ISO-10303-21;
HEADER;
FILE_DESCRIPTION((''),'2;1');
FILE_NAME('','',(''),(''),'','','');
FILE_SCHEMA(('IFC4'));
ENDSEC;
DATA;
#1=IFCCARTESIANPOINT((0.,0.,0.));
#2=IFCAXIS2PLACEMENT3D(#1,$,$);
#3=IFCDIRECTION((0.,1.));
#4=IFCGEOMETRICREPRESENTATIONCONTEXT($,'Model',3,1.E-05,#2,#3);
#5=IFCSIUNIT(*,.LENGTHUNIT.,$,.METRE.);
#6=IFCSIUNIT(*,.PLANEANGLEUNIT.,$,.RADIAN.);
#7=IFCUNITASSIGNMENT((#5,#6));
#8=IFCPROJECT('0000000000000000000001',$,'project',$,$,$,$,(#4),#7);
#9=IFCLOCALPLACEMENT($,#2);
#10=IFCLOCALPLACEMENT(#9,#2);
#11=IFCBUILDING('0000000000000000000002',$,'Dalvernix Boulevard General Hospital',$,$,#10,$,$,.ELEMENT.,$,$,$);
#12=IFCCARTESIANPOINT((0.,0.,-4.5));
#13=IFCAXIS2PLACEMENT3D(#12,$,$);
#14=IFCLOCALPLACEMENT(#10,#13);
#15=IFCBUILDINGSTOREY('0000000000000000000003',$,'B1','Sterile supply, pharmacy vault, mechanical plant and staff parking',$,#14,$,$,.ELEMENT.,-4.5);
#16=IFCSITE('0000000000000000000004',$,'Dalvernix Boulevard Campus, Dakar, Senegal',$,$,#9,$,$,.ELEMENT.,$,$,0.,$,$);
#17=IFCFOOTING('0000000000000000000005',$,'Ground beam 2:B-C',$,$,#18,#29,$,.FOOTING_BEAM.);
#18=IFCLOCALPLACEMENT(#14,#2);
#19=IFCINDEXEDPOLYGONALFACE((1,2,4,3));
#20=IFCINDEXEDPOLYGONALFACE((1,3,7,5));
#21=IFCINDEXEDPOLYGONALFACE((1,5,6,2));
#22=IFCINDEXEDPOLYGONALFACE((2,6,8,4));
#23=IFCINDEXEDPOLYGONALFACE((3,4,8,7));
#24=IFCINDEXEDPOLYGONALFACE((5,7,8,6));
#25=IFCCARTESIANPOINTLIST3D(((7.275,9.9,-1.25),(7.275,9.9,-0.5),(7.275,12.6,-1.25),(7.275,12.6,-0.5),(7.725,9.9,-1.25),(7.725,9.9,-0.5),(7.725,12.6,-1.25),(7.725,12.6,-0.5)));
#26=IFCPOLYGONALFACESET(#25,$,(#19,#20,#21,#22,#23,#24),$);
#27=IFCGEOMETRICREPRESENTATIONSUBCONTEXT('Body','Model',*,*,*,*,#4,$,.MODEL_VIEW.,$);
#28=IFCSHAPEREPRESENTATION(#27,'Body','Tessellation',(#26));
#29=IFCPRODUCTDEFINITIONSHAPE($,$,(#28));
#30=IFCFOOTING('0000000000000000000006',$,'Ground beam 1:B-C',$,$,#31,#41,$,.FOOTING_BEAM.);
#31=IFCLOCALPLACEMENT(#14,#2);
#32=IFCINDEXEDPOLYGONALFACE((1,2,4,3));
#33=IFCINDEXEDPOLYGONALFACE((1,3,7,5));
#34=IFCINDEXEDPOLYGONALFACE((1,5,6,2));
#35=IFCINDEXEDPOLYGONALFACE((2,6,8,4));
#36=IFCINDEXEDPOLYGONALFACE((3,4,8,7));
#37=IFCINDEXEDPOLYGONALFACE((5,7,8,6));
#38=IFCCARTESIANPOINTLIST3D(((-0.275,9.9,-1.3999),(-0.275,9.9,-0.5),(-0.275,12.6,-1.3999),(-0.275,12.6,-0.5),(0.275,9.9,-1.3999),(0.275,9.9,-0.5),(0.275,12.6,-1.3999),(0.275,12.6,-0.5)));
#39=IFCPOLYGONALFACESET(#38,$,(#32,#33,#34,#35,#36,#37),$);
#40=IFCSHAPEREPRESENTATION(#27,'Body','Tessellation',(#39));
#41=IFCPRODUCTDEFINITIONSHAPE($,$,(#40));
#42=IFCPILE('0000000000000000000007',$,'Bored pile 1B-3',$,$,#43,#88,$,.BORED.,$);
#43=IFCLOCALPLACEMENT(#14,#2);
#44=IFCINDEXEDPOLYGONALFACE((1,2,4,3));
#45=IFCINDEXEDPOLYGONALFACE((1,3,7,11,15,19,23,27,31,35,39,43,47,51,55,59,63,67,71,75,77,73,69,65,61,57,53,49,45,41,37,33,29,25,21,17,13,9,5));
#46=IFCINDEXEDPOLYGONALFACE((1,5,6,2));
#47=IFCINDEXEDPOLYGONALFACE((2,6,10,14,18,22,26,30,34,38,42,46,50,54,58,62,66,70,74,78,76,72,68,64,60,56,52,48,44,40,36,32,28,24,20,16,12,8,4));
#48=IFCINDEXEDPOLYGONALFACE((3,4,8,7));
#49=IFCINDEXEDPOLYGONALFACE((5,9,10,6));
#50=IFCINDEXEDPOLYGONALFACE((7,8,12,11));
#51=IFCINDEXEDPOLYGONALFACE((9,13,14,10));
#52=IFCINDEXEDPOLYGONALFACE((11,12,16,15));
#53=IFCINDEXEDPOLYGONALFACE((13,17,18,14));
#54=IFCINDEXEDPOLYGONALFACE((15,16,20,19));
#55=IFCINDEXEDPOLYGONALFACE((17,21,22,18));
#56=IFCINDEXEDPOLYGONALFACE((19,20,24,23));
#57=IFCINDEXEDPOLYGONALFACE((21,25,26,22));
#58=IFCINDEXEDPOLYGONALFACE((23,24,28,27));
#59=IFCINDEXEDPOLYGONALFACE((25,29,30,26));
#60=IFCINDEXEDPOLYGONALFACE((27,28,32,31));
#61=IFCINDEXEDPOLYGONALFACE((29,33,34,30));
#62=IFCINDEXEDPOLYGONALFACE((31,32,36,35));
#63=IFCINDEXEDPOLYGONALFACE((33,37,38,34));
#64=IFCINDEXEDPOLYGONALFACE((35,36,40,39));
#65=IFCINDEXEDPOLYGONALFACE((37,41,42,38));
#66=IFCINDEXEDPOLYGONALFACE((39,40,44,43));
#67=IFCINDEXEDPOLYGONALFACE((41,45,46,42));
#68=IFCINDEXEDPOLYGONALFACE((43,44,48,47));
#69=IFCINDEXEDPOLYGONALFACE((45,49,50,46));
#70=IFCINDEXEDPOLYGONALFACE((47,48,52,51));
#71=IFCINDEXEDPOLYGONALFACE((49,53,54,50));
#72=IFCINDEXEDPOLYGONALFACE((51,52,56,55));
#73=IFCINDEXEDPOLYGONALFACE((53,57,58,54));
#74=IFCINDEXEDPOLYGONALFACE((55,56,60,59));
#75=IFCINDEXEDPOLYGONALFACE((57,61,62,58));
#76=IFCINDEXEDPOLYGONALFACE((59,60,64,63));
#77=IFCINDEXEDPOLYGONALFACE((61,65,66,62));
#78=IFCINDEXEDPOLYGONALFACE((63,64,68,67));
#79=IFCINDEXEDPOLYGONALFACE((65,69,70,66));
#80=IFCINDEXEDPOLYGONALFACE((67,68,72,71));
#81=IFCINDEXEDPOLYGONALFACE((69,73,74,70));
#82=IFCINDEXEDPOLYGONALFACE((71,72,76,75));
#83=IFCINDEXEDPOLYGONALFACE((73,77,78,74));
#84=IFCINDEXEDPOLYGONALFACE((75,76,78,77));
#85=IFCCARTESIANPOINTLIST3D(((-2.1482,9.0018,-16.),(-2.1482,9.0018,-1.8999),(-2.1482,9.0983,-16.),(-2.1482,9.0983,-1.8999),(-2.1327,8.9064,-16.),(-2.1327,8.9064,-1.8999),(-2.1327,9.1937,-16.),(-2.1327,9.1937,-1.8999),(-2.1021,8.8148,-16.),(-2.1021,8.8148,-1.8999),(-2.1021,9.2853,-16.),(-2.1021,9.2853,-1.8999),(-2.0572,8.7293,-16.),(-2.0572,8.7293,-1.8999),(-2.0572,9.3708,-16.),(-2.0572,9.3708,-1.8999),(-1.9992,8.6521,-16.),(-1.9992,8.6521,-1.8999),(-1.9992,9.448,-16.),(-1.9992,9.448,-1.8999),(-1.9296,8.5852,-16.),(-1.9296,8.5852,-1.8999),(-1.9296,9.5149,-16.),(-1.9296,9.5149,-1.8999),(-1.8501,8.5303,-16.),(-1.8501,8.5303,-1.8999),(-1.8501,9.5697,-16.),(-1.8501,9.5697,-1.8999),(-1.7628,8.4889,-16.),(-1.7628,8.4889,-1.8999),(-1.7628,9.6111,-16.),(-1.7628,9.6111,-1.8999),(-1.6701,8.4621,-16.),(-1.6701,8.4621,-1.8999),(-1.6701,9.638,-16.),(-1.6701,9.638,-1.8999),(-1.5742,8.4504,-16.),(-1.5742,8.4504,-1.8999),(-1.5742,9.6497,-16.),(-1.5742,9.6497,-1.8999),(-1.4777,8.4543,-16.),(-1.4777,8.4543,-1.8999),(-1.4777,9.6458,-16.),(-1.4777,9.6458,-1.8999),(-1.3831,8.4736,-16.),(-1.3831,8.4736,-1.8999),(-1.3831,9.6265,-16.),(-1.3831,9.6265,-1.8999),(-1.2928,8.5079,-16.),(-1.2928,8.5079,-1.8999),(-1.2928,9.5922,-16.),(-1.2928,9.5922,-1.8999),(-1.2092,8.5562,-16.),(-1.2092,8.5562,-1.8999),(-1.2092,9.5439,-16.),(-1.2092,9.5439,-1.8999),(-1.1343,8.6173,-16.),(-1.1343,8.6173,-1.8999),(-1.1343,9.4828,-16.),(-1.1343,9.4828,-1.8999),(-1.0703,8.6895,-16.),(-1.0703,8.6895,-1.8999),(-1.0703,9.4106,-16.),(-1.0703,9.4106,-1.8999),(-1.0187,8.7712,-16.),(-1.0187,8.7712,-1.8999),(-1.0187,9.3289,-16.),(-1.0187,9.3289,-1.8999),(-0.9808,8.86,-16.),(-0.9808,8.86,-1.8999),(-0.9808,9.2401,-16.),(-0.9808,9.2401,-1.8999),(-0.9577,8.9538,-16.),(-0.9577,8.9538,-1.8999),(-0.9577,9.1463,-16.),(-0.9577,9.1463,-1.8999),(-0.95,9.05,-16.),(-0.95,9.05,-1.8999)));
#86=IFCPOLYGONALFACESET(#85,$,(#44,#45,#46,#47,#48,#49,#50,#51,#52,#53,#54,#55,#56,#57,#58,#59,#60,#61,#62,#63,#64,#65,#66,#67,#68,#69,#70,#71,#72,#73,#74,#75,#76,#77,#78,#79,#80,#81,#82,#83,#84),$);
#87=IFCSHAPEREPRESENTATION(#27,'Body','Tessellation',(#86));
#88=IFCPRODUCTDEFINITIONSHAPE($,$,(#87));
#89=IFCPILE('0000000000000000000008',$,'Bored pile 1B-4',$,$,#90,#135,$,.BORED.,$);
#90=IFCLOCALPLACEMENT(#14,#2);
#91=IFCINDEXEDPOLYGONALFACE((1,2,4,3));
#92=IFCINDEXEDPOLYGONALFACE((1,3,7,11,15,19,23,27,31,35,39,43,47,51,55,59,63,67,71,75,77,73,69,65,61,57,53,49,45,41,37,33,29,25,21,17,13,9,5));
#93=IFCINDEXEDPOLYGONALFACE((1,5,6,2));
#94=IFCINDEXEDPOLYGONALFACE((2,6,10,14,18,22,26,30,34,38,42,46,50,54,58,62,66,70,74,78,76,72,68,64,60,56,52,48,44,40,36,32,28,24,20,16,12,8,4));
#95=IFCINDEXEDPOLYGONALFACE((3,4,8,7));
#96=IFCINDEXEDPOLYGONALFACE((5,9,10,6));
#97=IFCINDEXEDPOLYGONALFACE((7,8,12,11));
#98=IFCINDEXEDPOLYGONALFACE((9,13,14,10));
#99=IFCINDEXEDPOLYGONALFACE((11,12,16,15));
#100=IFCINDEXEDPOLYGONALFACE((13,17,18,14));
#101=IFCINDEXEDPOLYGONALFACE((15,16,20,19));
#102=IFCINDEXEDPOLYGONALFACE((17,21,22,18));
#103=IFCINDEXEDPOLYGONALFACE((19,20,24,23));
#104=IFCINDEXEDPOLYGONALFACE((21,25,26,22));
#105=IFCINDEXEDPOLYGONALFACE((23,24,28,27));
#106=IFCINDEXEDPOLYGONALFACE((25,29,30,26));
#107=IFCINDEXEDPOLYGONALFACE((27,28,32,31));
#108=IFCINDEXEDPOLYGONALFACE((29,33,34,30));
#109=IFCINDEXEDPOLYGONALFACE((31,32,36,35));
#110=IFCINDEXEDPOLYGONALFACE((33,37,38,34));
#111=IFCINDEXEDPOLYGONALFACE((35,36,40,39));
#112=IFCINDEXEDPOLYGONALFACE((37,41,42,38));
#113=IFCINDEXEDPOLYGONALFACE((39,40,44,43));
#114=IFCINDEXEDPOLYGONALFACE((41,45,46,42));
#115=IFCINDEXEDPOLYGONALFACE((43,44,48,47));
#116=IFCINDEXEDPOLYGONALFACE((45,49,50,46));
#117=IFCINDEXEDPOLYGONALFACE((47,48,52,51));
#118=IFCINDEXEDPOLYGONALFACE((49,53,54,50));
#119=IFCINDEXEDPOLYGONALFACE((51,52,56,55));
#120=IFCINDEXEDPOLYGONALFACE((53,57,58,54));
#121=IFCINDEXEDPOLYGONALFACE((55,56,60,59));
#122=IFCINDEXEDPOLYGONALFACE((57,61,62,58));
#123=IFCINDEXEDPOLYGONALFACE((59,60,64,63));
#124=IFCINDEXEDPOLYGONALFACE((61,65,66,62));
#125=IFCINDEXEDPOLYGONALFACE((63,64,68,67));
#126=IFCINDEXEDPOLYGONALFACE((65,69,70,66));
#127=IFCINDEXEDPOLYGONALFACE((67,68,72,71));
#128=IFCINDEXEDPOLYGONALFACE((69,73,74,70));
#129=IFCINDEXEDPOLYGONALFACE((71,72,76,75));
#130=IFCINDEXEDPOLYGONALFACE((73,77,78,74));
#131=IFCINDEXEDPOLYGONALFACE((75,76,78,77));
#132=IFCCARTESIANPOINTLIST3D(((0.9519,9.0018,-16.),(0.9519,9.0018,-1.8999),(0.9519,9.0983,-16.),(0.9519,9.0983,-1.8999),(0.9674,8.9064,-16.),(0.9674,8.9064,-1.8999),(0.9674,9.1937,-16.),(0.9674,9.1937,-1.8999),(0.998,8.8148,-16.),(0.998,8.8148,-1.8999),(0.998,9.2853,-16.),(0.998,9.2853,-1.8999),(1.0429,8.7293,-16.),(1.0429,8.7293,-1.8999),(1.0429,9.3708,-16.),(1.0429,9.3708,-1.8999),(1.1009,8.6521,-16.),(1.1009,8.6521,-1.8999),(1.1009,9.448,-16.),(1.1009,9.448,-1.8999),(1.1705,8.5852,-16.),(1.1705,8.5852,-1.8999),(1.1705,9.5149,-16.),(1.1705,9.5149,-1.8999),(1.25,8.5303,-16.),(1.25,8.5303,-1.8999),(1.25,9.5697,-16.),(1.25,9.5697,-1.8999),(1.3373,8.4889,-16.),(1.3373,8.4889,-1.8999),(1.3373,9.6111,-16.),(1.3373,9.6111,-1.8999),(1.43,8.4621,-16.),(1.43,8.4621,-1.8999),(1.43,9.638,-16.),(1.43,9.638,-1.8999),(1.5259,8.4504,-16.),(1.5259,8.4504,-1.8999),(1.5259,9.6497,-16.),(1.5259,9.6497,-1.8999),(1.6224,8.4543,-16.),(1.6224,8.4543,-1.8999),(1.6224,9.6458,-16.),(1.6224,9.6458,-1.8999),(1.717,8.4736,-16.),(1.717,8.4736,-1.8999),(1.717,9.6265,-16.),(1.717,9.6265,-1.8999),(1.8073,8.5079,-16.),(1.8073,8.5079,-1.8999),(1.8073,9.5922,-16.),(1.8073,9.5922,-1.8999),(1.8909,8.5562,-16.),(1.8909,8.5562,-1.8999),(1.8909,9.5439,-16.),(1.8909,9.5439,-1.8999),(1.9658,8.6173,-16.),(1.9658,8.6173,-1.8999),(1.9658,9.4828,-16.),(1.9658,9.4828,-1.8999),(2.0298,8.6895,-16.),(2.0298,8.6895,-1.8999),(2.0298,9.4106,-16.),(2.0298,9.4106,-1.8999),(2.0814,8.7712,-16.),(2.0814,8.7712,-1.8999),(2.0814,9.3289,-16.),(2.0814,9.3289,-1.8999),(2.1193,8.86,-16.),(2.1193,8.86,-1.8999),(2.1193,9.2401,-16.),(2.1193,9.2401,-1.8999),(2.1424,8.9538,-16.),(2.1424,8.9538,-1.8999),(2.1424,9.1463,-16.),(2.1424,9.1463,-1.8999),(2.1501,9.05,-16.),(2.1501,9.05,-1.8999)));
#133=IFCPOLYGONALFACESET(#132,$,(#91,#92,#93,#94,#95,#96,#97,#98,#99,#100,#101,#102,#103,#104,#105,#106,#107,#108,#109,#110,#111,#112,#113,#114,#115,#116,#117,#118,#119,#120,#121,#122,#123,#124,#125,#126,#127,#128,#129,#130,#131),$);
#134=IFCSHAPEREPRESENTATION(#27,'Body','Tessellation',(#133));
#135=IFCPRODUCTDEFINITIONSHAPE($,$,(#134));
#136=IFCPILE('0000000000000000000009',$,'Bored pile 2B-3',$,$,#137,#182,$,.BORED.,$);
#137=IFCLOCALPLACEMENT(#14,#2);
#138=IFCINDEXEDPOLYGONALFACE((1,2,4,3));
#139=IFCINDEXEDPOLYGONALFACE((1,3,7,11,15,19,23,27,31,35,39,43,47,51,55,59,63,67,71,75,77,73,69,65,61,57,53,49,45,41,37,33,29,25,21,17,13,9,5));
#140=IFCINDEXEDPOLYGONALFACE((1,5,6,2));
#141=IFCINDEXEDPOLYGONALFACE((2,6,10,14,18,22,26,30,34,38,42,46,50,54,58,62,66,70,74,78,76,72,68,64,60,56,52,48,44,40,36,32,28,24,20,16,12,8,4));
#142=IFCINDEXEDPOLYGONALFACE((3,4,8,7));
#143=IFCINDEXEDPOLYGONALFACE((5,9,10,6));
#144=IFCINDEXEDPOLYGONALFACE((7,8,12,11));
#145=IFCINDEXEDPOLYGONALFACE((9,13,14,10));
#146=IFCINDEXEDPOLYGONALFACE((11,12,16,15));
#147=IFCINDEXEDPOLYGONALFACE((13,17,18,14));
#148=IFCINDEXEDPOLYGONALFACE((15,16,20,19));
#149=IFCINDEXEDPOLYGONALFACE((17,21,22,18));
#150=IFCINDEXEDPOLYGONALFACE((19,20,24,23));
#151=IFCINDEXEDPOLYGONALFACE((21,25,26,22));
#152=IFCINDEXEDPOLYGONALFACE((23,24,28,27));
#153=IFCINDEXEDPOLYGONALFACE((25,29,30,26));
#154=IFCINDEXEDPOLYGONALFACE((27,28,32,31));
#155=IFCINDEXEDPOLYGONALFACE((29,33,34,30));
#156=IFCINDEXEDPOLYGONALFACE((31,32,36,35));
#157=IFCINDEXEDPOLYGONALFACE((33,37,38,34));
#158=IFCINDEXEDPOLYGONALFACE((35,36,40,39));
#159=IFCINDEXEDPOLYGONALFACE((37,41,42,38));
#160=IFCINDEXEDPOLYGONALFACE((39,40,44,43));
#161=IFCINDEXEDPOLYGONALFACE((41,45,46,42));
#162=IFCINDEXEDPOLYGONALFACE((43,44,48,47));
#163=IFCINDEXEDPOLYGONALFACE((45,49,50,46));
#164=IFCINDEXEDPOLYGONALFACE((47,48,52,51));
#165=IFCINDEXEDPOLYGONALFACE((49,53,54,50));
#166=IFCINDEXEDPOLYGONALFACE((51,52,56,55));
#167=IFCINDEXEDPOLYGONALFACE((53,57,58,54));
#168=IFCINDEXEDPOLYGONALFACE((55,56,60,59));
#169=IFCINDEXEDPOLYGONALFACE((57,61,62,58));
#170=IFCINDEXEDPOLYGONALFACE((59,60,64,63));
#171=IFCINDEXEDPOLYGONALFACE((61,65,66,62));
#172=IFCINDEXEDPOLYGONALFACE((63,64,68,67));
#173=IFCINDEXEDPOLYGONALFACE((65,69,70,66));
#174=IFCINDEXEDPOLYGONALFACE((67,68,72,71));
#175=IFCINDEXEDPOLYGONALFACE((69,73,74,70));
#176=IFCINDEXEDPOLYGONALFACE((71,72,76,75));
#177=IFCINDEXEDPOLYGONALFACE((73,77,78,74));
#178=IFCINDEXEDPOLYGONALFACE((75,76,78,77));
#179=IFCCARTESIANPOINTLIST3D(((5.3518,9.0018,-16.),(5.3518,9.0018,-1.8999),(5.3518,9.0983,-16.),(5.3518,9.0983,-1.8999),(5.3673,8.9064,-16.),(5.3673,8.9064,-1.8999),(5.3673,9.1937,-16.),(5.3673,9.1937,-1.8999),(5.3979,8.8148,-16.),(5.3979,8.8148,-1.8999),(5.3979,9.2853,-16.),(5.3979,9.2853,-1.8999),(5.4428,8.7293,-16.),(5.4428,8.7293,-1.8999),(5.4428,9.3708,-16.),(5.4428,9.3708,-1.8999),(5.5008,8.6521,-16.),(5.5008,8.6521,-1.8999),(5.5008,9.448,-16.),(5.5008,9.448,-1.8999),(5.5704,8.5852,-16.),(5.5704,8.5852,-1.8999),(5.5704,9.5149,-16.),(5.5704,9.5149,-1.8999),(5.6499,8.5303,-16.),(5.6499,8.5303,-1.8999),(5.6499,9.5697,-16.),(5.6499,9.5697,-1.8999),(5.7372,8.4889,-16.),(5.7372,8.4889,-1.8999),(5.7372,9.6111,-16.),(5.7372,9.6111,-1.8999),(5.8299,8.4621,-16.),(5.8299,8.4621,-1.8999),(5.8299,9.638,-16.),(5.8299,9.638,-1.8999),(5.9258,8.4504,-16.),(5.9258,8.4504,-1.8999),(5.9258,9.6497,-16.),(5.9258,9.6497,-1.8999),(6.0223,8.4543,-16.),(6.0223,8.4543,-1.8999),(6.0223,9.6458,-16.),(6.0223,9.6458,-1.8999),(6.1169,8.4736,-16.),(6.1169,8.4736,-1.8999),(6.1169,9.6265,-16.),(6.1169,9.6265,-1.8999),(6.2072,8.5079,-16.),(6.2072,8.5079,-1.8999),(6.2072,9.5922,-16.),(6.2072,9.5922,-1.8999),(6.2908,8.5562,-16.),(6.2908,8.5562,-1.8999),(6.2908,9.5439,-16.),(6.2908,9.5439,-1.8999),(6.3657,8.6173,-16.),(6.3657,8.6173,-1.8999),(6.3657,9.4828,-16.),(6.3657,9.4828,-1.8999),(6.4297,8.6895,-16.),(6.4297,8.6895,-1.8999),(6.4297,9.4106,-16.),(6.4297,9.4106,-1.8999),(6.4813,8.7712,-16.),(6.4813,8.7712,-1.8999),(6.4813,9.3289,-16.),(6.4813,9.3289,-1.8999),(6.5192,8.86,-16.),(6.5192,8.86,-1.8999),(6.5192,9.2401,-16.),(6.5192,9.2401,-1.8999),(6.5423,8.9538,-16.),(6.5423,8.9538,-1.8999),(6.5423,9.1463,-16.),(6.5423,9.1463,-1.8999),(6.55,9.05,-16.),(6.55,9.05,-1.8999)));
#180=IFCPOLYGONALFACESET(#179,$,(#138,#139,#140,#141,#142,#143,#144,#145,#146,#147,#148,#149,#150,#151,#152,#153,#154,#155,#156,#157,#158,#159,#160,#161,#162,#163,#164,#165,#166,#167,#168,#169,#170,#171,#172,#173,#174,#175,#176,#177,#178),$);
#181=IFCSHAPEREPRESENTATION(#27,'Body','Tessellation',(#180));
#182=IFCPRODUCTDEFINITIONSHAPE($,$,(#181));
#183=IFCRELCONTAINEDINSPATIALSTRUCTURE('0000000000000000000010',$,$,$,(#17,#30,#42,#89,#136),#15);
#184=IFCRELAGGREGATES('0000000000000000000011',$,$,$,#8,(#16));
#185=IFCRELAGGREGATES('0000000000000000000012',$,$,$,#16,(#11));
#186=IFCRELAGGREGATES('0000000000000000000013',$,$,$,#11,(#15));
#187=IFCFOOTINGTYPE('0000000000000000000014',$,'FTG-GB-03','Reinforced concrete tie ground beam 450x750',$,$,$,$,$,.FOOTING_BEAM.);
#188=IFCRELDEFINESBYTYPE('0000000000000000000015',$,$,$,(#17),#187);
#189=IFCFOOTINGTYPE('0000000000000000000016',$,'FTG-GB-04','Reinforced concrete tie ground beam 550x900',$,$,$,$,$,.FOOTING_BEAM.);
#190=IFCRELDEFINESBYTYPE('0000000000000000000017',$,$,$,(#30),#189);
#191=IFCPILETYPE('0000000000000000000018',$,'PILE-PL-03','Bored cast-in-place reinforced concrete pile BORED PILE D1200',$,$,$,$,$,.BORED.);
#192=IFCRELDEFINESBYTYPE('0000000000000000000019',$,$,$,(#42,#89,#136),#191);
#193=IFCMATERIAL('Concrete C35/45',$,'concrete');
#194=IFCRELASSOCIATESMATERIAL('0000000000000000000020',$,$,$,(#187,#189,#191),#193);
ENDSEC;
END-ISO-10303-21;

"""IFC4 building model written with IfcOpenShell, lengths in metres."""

from ifc_helpers import new_model, si_unit, direction, frame, origin, origin_2d, place, context, subcontext, project, spatial, rectangle, circle, extrude, material, material_profile, profile_set, type_object, element, save


model = new_model("IFC4")

# Units and contexts
model_context = context("Model", 3, precision=1e-05, world=origin(), true_north=direction((0.0, 1.0)))
body_context = subcontext(model_context, "Body", "Model", "MODEL_VIEW")
ifc_project = project(units=[si_unit("LENGTHUNIT", "METRE"), si_unit("PLANEANGLEUNIT", "RADIAN")], contexts=[model_context])

# Site, building, storey
site_placement = place(None, origin())
site = spatial("IfcSite", under=ifc_project, at=site_placement, Name="Dalvernix Boulevard Campus, Dakar, Senegal", CompositionType="ELEMENT", RefElevation=0.0)
building_placement = place(site_placement, origin())
building = spatial("IfcBuilding", under=site, at=building_placement, Name="Dalvernix Boulevard General Hospital", CompositionType="ELEMENT")
storey_placement = place(building_placement, frame((0.0, 0.0, -4.5)))
storey = spatial("IfcBuildingStorey", under=building, at=storey_placement, Name="B1", Description="Sterile supply, pharmacy vault, mechanical plant and staff parking", CompositionType="ELEMENT", Elevation=-4.5)

# Footings
ifc_material_1 = material(Name="Concrete C35/45", Category="concrete")
footing_type_1 = type_object("IfcFootingType", Name="FTG-GB-03", Description="Reinforced concrete tie ground beam 450x750", PredefinedType="FOOTING_BEAM", material=ifc_material_1)
footing_1_placement = place(storey_placement, frame((7.5, 11.25, -1.25), z_axis=(0.0, 0.0, 1.0), x_axis=(0.0, 1.0, 0.0)))
element("IfcFooting", 1, at=footing_1_placement, inside=storey, type_object=footing_type_1, Name="Ground beam 2:B-C", PredefinedType="FOOTING_BEAM", context=body_context, shape_type="SweptSolid", body=[
    extrude(rectangle(XDim=2.7, YDim=0.45, at=origin_2d()), origin(), (0.0, 0.0, 1.0), 0.75),
])
footing_type_2 = type_object("IfcFootingType", Name="FTG-GB-04", Description="Reinforced concrete tie ground beam 550x900", PredefinedType="FOOTING_BEAM", material=ifc_material_1)
footing_2_placement = place(storey_placement, frame((0.0, 11.25, -1.3999), z_axis=(0.0, 0.0, 1.0), x_axis=(0.0, 1.0, 0.0)))
element("IfcFooting", 2, at=footing_2_placement, inside=storey, type_object=footing_type_2, Name="Ground beam 1:B-C", PredefinedType="FOOTING_BEAM", context=body_context, shape_type="SweptSolid", body=[
    extrude(rectangle(XDim=2.7, YDim=0.55, at=origin_2d()), origin(), (0.0, 0.0, 1.0), 0.8999),
])

# Piles
ifc_material_profile_1 = material_profile(ifc_material_1, circle(Radius=0.6001, at=origin_2d()), Name="BORED PILE D1200")
ifc_profile_set_1 = profile_set([ifc_material_profile_1], Name="Concrete C35/45")
pile_type = type_object("IfcPileType", Name="PILE-PL-03", Description="Bored cast-in-place reinforced concrete pile BORED PILE D1200", PredefinedType="BORED", material=ifc_profile_set_1)
for number, where, z_axis, x_axis, name in (
    (3, (-1.55, 9.05, -1.8999), (0.0, 0.0, -1.0), (1.0, 0.0, 0.0), "Bored pile 1B-3"),
    (4, (1.55, 9.05, -1.8999), (0.0, 0.0, -1.0), (1.0, 0.0, 0.0), "Bored pile 1B-4"),
    (5, (5.95, 9.05, -1.8999), (0.0, 0.0, -1.0), (1.0, 0.0, 0.0), "Bored pile 2B-3"),
):
    element("IfcPile", number, at=place(storey_placement, frame(where, z_axis=z_axis, x_axis=x_axis)), inside=storey, type_object=pile_type, Name=name, PredefinedType="BORED", context=body_context, shape_type="SweptSolid", body=[
        extrude(circle(Radius=0.6001, at=origin_2d()), origin(), (0.0, 0.0, 1.0), 14.1001),
    ])

save(model, "model.ifc")
